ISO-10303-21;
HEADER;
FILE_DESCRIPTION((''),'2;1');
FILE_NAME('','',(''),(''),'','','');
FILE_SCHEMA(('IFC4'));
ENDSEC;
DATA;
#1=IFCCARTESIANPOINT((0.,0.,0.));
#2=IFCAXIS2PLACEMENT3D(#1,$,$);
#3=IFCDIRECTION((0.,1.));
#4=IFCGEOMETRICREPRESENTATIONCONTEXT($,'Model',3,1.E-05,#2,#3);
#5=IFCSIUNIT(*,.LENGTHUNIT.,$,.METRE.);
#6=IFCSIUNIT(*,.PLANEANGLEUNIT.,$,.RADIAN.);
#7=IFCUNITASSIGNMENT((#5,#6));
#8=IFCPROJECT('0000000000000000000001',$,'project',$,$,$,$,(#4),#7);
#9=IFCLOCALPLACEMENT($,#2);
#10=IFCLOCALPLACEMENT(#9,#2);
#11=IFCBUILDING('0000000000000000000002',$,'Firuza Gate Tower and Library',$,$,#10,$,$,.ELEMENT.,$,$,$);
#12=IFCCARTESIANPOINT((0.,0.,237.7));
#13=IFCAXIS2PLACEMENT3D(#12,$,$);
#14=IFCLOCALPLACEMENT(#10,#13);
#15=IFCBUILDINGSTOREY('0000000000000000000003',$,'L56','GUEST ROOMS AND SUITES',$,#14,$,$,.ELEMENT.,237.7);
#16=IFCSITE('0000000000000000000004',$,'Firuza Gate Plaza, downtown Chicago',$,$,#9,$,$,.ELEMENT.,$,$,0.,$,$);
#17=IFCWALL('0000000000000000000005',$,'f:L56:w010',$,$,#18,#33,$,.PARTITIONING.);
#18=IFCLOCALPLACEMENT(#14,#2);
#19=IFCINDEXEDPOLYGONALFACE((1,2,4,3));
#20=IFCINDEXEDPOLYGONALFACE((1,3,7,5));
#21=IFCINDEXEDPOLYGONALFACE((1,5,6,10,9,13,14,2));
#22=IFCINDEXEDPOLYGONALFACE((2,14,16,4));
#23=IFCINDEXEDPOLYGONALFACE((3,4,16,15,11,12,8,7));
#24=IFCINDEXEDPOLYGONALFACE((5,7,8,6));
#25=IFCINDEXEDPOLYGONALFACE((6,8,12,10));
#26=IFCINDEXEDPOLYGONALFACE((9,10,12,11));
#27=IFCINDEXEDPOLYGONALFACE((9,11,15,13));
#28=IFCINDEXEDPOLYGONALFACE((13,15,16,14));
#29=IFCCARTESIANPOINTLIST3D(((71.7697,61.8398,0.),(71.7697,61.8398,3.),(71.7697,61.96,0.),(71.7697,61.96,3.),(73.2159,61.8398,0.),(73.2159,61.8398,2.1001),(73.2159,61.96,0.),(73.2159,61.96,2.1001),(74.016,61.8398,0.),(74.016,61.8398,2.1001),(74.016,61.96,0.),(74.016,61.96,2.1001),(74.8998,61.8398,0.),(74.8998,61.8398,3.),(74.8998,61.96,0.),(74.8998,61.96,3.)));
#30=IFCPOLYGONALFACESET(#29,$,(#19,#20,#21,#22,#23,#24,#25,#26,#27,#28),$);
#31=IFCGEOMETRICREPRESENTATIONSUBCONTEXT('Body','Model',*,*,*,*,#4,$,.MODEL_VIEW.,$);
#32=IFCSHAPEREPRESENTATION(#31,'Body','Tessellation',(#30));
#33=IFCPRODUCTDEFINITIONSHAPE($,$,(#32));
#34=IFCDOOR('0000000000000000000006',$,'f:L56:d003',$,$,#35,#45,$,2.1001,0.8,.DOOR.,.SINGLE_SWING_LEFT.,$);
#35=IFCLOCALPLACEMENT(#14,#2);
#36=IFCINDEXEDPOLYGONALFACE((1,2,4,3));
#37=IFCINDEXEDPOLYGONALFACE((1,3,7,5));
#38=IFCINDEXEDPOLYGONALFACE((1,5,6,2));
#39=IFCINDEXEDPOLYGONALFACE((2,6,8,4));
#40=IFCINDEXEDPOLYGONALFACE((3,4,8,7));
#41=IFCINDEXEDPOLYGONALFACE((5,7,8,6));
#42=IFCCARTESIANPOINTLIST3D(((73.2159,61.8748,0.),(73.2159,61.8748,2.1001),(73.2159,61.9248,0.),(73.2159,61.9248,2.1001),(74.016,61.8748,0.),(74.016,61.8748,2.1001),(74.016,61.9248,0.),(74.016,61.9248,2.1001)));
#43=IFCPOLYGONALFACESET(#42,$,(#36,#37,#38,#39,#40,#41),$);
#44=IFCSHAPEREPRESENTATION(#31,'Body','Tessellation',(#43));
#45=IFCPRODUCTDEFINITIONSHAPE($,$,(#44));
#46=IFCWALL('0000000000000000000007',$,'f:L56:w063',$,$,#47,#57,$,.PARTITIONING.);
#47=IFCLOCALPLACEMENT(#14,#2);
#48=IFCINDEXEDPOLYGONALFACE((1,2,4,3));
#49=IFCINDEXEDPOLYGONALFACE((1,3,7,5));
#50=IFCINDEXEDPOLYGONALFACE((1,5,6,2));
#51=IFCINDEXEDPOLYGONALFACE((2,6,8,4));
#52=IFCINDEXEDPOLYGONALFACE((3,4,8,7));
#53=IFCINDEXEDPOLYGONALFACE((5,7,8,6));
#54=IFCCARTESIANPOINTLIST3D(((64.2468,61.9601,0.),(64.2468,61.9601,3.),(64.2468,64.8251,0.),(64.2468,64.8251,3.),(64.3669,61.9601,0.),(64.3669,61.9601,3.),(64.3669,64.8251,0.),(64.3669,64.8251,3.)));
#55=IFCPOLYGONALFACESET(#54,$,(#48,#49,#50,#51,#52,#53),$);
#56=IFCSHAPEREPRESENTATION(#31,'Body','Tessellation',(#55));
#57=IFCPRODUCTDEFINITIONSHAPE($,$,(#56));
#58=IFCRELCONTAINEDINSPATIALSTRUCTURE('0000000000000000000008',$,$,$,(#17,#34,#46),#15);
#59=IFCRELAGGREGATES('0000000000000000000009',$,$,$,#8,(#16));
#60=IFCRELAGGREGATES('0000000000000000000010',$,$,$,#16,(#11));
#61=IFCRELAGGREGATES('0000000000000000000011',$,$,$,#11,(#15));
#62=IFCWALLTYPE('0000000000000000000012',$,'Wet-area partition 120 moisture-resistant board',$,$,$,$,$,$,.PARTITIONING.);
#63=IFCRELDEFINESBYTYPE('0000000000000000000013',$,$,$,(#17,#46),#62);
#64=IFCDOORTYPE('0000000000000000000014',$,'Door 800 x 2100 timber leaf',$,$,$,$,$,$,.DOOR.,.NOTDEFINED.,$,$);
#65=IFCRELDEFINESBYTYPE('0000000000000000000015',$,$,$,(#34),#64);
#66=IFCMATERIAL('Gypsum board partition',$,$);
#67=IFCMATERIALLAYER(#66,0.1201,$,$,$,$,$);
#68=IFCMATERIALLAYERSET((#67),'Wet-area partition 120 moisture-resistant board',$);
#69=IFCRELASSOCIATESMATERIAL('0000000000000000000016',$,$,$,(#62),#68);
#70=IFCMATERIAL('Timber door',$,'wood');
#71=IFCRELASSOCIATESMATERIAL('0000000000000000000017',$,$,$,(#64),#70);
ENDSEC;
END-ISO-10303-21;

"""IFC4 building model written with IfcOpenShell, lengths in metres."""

from ifc_helpers import new_model, si_unit, direction, frame, frame_2d, origin, place, context, subcontext, project, spatial, rectangle, extrude, material, layer, layer_set, type_object, element, fill, save


model = new_model("IFC4")

# Units and contexts
model_context = context("Model", 3, precision=1e-05, world=origin(), true_north=direction((0.0, 1.0)))
body_context = subcontext(model_context, "Body", "Model", "MODEL_VIEW")
ifc_project = project(units=[si_unit("LENGTHUNIT", "METRE"), si_unit("PLANEANGLEUNIT", "RADIAN")], contexts=[model_context])

# Site, building, storey
site_placement = place(None, origin())
site = spatial("IfcSite", under=ifc_project, at=site_placement, Name="Firuza Gate Plaza, downtown Chicago", CompositionType="ELEMENT", RefElevation=0.0)
building_placement = place(site_placement, origin())
building = spatial("IfcBuilding", under=site, at=building_placement, Name="Firuza Gate Tower and Library", CompositionType="ELEMENT")
storey_placement = place(building_placement, frame((0.0, 0.0, 237.7)))
storey = spatial("IfcBuildingStorey", under=building, at=storey_placement, Name="L56", Description="GUEST ROOMS AND SUITES", CompositionType="ELEMENT", Elevation=237.7)

# Wall, opening, door
ifc_material_1 = material(Name="Gypsum board partition")
ifc_layer_1 = layer(ifc_material_1, 0.1201)
ifc_layer_set_1 = layer_set([ifc_layer_1], Name="Wet-area partition 120 moisture-resistant board")
wall_type_1 = type_object("IfcWallType", Name="Wet-area partition 120 moisture-resistant board", PredefinedType="PARTITIONING", material=ifc_layer_set_1)
ifc_material_2 = material(Name="Timber door", Category="wood")
door_type_1 = type_object("IfcDoorType", Name="Door 800 x 2100 timber leaf", OperationType="NOTDEFINED", PredefinedType="DOOR", material=ifc_material_2)
wall_1_placement = place(storey_placement, frame((71.7698, 61.8999, 0.0), z_axis=(0.0, 0.0, 1.0), x_axis=(1.0, 0.0, 0.0)))
wall_1 = element("IfcWall", 1, at=wall_1_placement, inside=storey, type_object=wall_type_1, Name="f:L56:w010", PredefinedType="PARTITIONING", context=body_context, shape_type="SweptSolid", body=[
    extrude(rectangle(XDim=3.1301, YDim=0.1201, at=frame_2d((1.5649, 0.0))), origin(), (0.0, 0.0, 1.0), 3.0),
])
opening_1_placement = place(wall_1_placement, frame((1.4463, 0.0, 0.0)))
opening_1 = element("IfcOpeningElement", 2, at=opening_1_placement, cuts=wall_1, PredefinedType="OPENING", context=body_context, shape_type="SweptSolid", body=[
    extrude(rectangle(XDim=0.8, YDim=2.1001, at=frame_2d((0.3999, 1.05))), frame((0.0, 0.0701, 0.0), z_axis=(0.0, -1.0, 0.0), x_axis=(1.0, 0.0, 0.0)), (0.0, 0.0, 1.0), 0.1401),
])
door_1_placement = place(opening_1_placement, origin())
door_1 = element("IfcDoor", 3, at=door_1_placement, inside=storey, type_object=door_type_1, Name="f:L56:d003", OperationType="SINGLE_SWING_LEFT", OverallHeight=2.1001, OverallWidth=0.8, PredefinedType="DOOR", context=body_context, shape_type="SweptSolid", body=[
    extrude(rectangle(XDim=0.8, YDim=2.1001, at=frame_2d((0.3999, 1.05))), frame((0.0, 0.0249, 0.0), z_axis=(0.0, -1.0, 0.0), x_axis=(1.0, 0.0, 0.0)), (0.0, 0.0, 1.0), 0.05),
])
fill(opening_1, door_1)

# Wall
wall_2_placement = place(storey_placement, frame((64.3069, 61.96, 0.0), z_axis=(0.0, 0.0, 1.0), x_axis=(0.0, 1.0, 0.0)))
element("IfcWall", 4, at=wall_2_placement, inside=storey, type_object=wall_type_1, Name="f:L56:w063", PredefinedType="PARTITIONING", context=body_context, shape_type="SweptSolid", body=[
    extrude(rectangle(XDim=2.865, YDim=0.1201, at=frame_2d((1.4326, 0.0))), origin(), (0.0, 0.0, 1.0), 3.0),
])

save(model, "model.ifc")
